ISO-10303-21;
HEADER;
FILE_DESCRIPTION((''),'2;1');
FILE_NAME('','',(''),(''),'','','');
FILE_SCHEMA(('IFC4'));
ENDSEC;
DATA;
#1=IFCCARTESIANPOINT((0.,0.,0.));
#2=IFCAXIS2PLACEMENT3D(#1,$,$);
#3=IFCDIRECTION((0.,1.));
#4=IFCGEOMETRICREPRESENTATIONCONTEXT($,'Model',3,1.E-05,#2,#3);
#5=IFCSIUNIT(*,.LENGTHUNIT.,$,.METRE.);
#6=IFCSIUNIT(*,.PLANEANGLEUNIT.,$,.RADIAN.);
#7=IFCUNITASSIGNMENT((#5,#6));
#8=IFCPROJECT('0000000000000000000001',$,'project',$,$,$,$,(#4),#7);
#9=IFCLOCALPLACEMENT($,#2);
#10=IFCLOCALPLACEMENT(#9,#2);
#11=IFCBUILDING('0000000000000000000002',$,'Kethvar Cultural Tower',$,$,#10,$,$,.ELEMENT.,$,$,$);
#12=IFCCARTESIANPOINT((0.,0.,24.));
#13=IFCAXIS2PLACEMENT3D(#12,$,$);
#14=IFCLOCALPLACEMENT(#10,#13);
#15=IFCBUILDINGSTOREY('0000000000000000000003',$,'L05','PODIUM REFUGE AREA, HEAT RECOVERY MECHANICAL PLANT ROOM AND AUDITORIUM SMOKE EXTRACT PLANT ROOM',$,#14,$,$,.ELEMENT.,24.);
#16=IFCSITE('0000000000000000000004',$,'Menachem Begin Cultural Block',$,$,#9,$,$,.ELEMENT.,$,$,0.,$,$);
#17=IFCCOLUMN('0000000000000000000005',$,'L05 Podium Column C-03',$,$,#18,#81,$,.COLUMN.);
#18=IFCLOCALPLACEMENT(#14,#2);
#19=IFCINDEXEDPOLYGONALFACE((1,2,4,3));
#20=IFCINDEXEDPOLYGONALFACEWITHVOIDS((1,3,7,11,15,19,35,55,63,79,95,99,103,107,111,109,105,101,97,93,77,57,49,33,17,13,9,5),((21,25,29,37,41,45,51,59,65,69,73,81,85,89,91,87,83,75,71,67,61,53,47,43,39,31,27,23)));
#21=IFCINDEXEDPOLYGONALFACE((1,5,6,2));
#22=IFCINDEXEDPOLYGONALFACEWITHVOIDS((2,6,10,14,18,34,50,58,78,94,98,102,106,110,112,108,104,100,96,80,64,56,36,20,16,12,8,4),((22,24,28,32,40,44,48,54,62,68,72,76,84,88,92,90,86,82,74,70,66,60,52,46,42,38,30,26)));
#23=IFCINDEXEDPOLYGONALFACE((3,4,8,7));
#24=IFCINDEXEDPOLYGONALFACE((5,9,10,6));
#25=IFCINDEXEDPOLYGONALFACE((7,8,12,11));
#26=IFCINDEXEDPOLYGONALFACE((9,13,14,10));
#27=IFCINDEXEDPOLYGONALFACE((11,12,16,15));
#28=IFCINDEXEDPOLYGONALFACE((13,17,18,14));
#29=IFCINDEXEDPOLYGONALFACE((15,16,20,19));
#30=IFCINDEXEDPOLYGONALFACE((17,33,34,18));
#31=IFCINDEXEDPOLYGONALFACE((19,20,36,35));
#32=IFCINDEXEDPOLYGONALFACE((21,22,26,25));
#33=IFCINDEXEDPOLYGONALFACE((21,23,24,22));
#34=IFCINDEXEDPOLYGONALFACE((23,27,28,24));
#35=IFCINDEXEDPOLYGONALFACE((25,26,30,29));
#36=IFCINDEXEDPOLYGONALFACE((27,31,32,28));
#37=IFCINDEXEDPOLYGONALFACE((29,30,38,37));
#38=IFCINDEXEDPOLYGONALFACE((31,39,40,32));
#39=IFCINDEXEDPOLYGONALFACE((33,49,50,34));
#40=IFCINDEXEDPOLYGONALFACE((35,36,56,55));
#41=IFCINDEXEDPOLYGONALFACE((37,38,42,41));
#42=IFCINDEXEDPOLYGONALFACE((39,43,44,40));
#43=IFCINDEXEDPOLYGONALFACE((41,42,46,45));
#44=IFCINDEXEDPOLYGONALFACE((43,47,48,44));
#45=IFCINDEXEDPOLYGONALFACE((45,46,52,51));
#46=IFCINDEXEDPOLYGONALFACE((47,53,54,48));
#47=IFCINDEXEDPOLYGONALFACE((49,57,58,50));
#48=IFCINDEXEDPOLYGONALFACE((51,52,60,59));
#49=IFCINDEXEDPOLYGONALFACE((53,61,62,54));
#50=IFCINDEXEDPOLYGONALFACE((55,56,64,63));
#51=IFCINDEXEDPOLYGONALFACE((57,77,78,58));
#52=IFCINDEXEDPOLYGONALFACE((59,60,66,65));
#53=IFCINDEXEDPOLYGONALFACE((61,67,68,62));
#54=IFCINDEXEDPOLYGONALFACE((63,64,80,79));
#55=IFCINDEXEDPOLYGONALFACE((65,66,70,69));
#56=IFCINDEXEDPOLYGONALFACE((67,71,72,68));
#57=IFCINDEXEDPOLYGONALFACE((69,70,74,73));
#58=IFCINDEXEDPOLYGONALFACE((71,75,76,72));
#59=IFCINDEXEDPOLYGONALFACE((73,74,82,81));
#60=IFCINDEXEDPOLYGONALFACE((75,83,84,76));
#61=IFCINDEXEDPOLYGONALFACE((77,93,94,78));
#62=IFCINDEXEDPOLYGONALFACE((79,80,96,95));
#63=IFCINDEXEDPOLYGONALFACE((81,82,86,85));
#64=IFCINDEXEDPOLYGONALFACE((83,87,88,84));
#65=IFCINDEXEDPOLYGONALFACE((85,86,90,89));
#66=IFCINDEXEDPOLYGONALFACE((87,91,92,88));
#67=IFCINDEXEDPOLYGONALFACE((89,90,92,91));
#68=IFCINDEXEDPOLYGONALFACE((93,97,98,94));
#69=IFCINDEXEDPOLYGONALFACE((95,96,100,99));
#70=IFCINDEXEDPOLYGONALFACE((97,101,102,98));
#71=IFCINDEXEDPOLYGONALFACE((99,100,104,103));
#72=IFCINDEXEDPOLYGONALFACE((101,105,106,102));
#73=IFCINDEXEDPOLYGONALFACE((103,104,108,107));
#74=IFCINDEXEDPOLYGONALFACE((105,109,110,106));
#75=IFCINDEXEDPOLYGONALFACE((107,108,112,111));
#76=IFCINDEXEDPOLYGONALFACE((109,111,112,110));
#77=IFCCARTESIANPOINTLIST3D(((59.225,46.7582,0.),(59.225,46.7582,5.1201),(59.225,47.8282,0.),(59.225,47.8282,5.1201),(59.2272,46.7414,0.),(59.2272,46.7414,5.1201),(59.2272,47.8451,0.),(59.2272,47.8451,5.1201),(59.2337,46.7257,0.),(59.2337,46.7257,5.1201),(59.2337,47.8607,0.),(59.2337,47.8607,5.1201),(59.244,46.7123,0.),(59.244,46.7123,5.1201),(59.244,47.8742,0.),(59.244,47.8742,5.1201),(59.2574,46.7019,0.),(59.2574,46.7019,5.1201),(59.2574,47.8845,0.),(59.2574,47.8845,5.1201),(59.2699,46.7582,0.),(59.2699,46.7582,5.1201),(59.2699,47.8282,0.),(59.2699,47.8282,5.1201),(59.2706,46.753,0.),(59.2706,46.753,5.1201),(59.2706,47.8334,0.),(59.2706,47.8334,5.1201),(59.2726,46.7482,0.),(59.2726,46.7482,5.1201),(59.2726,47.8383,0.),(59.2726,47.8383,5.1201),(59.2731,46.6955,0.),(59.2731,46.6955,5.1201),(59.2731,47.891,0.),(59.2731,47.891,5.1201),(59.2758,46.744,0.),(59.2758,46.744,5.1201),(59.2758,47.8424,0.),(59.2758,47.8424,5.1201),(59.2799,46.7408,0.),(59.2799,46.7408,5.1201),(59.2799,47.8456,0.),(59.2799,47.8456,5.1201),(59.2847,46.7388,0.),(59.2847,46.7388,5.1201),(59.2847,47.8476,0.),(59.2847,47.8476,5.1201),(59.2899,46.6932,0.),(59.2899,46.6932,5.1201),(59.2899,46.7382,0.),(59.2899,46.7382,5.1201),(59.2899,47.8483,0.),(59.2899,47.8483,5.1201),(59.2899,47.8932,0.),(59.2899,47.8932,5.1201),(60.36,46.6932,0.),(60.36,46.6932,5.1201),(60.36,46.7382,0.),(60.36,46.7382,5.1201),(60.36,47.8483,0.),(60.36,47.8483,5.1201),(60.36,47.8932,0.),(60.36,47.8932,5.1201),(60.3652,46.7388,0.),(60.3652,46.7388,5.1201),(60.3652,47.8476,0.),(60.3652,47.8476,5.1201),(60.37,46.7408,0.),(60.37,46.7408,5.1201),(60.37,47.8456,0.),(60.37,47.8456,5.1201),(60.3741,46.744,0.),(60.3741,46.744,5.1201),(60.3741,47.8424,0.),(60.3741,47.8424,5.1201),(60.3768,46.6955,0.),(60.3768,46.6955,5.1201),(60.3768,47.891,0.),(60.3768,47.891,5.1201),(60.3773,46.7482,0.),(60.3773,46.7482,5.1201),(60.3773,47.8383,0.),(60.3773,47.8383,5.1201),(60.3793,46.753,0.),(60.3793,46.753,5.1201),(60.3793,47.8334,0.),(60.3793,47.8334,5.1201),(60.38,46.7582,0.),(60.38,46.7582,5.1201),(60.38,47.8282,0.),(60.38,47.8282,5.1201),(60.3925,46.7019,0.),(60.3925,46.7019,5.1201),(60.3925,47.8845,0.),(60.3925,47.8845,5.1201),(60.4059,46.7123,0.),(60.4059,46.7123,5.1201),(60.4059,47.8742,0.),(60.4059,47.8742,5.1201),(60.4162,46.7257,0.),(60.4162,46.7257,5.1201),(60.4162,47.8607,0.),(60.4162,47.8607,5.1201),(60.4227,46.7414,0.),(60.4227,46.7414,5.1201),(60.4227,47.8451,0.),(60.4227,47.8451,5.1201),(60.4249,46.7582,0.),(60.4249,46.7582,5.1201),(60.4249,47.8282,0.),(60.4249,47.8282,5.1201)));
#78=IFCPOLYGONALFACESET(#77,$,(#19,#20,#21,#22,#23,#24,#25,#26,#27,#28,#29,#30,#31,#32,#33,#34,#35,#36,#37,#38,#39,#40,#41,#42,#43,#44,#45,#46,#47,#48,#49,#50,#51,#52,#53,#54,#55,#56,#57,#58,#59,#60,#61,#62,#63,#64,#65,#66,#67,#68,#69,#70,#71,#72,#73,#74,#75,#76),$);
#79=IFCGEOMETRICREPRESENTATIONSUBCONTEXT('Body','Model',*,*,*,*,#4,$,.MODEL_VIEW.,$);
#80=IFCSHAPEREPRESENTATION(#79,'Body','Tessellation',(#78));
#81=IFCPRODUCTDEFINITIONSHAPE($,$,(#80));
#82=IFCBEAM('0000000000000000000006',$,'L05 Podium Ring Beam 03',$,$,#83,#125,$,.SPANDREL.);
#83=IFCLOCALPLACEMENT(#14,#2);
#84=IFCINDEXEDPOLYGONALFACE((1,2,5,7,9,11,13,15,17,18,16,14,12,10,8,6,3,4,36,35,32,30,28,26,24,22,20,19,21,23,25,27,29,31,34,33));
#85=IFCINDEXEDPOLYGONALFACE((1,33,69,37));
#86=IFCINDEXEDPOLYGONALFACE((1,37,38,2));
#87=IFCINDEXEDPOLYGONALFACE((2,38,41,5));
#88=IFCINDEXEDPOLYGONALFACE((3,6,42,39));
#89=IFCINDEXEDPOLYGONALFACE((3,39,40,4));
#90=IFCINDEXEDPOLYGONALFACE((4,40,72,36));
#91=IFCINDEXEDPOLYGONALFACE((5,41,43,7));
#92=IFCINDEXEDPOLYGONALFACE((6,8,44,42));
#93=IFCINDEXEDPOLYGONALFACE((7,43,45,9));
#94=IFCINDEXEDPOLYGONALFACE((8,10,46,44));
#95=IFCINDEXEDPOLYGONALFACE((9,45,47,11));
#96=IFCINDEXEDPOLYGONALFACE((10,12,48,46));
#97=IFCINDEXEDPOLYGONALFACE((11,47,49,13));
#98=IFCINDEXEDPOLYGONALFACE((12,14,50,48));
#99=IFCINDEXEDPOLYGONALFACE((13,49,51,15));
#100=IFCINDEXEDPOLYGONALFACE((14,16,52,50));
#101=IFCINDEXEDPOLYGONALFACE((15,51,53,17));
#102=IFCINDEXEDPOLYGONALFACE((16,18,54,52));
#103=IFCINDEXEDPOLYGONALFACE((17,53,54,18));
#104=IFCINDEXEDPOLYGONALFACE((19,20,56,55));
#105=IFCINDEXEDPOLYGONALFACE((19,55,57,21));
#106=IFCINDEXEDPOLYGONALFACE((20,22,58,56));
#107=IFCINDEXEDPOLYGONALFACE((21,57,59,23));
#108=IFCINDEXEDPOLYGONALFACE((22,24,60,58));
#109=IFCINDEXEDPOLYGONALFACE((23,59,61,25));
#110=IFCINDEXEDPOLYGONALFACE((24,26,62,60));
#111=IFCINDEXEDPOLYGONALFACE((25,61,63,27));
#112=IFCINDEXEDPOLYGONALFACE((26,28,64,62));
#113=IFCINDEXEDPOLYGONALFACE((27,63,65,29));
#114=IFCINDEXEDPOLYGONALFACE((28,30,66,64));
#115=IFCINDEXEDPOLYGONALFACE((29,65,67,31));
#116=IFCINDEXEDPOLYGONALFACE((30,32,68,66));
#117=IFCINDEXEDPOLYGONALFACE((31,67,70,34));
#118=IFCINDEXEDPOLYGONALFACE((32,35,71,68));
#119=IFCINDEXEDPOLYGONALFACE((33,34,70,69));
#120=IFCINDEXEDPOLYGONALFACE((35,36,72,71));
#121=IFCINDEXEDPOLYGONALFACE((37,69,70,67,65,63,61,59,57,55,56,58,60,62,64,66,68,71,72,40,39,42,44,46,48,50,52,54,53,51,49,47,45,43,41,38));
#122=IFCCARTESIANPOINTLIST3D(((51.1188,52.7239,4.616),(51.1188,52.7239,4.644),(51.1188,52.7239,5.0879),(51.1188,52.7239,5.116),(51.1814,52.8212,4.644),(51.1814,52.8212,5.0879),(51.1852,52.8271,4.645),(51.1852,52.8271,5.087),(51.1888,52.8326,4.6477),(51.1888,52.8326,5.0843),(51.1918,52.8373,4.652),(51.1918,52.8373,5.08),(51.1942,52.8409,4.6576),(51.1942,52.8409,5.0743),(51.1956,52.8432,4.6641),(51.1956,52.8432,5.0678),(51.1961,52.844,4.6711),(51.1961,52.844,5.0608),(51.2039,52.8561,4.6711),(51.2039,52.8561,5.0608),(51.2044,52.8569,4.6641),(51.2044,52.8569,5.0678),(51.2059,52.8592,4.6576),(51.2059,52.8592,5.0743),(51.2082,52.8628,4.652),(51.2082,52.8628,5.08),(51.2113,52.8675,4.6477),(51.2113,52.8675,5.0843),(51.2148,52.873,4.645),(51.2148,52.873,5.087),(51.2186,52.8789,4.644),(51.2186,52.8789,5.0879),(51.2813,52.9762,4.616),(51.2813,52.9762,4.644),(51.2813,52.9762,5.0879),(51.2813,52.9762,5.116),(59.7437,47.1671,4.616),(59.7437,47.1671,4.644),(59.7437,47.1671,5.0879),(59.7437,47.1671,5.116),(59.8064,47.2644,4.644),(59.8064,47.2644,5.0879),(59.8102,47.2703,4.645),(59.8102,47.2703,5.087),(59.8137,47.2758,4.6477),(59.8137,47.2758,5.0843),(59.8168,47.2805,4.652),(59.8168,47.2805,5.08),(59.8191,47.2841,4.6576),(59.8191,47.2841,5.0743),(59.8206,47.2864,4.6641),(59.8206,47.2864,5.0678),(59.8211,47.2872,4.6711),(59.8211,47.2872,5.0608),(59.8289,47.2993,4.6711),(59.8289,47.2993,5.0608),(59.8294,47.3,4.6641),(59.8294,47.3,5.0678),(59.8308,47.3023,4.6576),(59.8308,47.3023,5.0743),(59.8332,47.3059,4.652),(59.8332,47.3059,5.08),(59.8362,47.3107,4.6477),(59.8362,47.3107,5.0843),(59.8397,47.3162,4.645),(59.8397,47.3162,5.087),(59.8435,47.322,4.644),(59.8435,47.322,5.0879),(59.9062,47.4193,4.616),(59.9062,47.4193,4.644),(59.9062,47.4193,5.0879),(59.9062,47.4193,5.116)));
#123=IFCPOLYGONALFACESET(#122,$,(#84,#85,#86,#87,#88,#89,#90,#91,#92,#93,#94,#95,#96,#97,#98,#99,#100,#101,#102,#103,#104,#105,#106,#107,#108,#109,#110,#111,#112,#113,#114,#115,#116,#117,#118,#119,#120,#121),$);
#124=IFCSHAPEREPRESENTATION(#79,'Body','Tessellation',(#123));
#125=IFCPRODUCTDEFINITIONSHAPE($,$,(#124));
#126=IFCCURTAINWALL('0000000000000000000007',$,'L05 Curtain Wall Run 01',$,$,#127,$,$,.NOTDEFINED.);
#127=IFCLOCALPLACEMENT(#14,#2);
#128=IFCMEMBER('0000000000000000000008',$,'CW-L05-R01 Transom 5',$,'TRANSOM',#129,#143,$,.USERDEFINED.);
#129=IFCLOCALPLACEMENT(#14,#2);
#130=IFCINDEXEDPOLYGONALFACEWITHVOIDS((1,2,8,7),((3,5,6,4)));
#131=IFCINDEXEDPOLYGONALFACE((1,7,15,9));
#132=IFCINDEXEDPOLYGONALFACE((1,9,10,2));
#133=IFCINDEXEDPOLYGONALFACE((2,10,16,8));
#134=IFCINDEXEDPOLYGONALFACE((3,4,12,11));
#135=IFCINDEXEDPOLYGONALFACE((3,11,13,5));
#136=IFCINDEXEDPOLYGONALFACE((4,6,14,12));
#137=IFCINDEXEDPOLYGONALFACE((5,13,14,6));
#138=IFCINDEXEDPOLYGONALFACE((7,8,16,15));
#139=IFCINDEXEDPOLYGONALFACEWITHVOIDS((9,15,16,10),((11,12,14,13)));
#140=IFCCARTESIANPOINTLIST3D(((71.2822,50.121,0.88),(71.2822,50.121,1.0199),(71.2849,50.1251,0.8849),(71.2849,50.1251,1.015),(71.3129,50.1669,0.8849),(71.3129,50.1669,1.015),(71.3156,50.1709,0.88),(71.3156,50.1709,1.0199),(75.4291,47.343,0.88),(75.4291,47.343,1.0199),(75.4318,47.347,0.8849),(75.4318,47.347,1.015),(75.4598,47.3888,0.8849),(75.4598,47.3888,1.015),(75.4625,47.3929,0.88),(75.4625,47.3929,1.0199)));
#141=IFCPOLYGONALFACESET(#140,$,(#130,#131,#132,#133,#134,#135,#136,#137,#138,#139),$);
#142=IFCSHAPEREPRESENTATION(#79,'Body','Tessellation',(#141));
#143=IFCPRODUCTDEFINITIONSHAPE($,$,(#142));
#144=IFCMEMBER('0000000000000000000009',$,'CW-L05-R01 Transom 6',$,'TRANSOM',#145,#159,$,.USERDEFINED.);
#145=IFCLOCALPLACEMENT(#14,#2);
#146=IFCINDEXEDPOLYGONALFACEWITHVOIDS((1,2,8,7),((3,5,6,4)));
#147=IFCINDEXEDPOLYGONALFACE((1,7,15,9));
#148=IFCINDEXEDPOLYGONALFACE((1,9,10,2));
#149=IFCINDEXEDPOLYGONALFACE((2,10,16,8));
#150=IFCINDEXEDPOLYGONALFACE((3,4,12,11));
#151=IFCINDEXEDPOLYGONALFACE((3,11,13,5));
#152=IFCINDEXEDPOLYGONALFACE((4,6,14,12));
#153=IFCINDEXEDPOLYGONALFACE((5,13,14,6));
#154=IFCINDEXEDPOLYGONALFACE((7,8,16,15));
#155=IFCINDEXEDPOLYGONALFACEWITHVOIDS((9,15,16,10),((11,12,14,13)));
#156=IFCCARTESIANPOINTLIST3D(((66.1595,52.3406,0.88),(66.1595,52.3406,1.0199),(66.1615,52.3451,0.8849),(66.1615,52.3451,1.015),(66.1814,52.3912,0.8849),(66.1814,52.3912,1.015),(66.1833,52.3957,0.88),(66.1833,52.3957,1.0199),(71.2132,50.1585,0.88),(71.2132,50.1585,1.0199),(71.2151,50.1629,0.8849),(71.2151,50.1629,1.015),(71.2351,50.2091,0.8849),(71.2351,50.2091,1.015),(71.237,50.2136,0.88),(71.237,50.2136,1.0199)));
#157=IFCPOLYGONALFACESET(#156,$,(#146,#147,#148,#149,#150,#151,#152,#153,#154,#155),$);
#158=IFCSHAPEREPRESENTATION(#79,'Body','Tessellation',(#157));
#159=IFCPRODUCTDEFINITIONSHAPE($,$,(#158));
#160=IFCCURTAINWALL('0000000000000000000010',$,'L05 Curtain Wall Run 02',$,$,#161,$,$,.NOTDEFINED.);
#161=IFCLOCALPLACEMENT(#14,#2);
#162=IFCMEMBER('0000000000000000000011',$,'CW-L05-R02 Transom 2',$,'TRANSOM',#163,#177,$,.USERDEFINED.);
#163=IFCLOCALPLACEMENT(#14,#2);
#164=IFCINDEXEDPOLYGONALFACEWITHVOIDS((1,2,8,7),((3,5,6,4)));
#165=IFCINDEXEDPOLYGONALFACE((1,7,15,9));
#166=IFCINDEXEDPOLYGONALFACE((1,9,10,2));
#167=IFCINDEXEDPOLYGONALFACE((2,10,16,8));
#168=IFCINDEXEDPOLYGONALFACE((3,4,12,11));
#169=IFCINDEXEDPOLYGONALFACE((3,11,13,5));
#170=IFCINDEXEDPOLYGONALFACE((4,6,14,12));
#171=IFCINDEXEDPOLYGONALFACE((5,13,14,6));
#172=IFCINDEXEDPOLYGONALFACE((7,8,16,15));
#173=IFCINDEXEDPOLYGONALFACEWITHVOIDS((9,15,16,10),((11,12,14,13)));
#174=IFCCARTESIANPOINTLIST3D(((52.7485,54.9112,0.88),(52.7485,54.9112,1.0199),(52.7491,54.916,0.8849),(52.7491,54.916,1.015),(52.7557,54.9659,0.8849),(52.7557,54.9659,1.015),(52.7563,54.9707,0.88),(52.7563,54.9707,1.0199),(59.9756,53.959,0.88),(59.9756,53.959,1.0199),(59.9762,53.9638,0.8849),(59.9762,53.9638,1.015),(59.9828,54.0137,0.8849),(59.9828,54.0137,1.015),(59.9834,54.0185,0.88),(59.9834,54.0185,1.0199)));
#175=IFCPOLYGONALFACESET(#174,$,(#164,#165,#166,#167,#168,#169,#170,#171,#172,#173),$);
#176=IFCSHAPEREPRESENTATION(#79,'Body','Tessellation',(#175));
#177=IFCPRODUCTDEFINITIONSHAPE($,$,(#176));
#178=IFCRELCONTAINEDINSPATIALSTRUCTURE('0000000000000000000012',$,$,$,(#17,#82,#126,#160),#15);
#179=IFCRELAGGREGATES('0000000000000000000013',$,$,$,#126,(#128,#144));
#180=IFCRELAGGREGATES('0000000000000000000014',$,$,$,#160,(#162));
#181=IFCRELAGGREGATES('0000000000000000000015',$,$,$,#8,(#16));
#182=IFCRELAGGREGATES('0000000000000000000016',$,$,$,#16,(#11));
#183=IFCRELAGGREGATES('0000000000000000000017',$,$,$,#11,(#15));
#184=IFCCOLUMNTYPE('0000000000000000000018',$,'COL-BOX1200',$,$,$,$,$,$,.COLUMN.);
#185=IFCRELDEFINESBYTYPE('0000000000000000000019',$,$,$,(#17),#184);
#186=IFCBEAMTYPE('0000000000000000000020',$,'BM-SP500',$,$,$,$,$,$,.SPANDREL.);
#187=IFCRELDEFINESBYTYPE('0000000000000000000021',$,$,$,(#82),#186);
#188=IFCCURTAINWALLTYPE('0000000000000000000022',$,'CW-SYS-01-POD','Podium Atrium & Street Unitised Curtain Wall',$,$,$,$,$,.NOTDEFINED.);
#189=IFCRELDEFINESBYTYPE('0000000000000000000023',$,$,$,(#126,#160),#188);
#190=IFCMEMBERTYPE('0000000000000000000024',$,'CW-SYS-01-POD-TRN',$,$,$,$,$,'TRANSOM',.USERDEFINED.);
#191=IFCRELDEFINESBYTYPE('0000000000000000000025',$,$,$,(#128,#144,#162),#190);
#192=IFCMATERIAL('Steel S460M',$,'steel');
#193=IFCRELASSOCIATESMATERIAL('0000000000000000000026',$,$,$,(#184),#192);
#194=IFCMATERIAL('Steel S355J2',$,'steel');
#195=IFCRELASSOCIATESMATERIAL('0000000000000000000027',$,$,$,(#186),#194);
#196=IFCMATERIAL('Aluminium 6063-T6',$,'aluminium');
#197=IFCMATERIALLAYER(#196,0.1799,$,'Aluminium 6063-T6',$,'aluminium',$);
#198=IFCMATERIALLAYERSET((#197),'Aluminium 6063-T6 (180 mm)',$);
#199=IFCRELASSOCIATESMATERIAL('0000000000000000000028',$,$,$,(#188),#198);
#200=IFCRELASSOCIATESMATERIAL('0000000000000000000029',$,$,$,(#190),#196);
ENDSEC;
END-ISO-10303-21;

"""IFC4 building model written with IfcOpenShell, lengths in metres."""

from ifc_helpers import new_model, si_unit, direction, frame, origin, origin_2d, place, context, subcontext, project, spatial, hollow_rectangle, i_section, extrude, source, transform, mapped, material, layer, layer_set, material_profile, profile_set, type_object, element, aggregate, save


model = new_model("IFC4")

# Units and contexts
model_context = context("Model", 3, precision=1e-05, world=origin(), true_north=direction((0.0, 1.0)))
body_context = subcontext(model_context, "Body", "Model", "MODEL_VIEW")
ifc_project = project(units=[si_unit("LENGTHUNIT", "METRE"), si_unit("PLANEANGLEUNIT", "RADIAN")], contexts=[model_context])

# Site, building, storey
site_placement = place(None, origin())
site = spatial("IfcSite", under=ifc_project, at=site_placement, Name="Menachem Begin Cultural Block", CompositionType="ELEMENT", RefElevation=0.0)
building_placement = place(site_placement, origin())
building = spatial("IfcBuilding", under=site, at=building_placement, Name="Kethvar Cultural Tower", CompositionType="ELEMENT")
storey_placement = place(building_placement, frame((0.0, 0.0, 24.0)))
storey = spatial("IfcBuildingStorey", under=building, at=storey_placement, Name="L05", Description="PODIUM REFUGE AREA, HEAT RECOVERY MECHANICAL PLANT ROOM AND AUDITORIUM SMOKE EXTRACT PLANT ROOM", CompositionType="ELEMENT", Elevation=24.0)

# Column
ifc_material_1 = material(Name="Steel S460M", Category="steel")
ifc_material_profile_1 = material_profile(ifc_material_1, hollow_rectangle(XDim=1.2, YDim=1.2, WallThickness=0.0449, InnerFilletRadius=0.02, OuterFilletRadius=0.0649, at=origin_2d()), Name="Steel S460M — BOX1200x1200x45")
ifc_profile_set_1 = profile_set([ifc_material_profile_1], Name="Steel S460M — BOX1200x1200x45")
column_type = type_object("IfcColumnType", Name="COL-BOX1200", PredefinedType="COLUMN", material=ifc_profile_set_1)
shared_shape_1 = source(origin(), body_context, "Body", "SweptSolid", [
    extrude(hollow_rectangle(XDim=1.2, YDim=1.2, WallThickness=0.0449, InnerFilletRadius=0.02, OuterFilletRadius=0.0649, at=origin_2d()), origin(), (0.0, 0.0, 1.0), 5.1201),
])
column_placement = place(storey_placement, frame((59.825, 47.2932, 0.0), z_axis=(0.0, 0.0, 1.0), x_axis=(1.0, 0.0, 0.0)))
element("IfcColumn", 1, at=column_placement, inside=storey, type_object=column_type, Name="L05 Podium Column C-03", PredefinedType="COLUMN", context=body_context, shape_type="MappedRepresentation", body=[
    mapped(shared_shape_1, transform((0.0, 0.0, 0.0), scale=1.0)),
])

# Beam
ifc_material_2 = material(Name="Steel S355J2", Category="steel")
ifc_material_profile_2 = material_profile(ifc_material_2, i_section(OverallWidth=0.3, OverallDepth=0.5, WebThickness=0.0144, FlangeThickness=0.0281, FilletRadius=0.0271, at=origin_2d()), Name="Steel S355J2 — HEB500")
ifc_profile_set_2 = profile_set([ifc_material_profile_2], Name="Steel S355J2 — HEB500")
beam_type = type_object("IfcBeamType", Name="BM-SP500", PredefinedType="SPANDREL", material=ifc_profile_set_2)
shared_shape_2 = source(origin(), body_context, "Body", "SweptSolid", [
    extrude(i_section(OverallWidth=0.3, OverallDepth=0.5, WebThickness=0.0144, FlangeThickness=0.0281, FilletRadius=0.0271, at=origin_2d()), origin(), (0.0, 0.0, 1.0), 10.26),
])
beam_placement = place(storey_placement, frame((59.825, 47.2932, 4.866), z_axis=(-0.840635, 0.541602, 0.0), x_axis=(-0.541602, -0.840635, 0.0)))
element("IfcBeam", 2, at=beam_placement, inside=storey, type_object=beam_type, Name="L05 Podium Ring Beam 03", PredefinedType="SPANDREL", context=body_context, shape_type="MappedRepresentation", body=[
    mapped(shared_shape_2, transform((0.0, 0.0, 0.0), scale=1.0)),
])

# Curtain walls, members
ifc_material_3 = material(Name="Aluminium 6063-T6", Category="aluminium")
ifc_layer_1 = layer(ifc_material_3, 0.1799, Name="Aluminium 6063-T6", Category="aluminium")
ifc_layer_set_1 = layer_set([ifc_layer_1], Name="Aluminium 6063-T6 (180 mm)")
curtain_wall_type = type_object("IfcCurtainWallType", Name="CW-SYS-01-POD", Description="Podium Atrium & Street Unitised Curtain Wall", PredefinedType="NOTDEFINED", material=ifc_layer_set_1)
curtain_wall_1_placement = place(storey_placement, origin())
curtain_wall_1 = element("IfcCurtainWall", 3, at=curtain_wall_1_placement, inside=storey, type_object=curtain_wall_type, Name="L05 Curtain Wall Run 01", PredefinedType="NOTDEFINED")
ifc_material_profile_3 = material_profile(ifc_material_3, hollow_rectangle(XDim=0.0601, YDim=0.1399, WallThickness=0.0049, at=origin_2d()), Name="Aluminium 6063-T6 — RHS140x60x5")
ifc_profile_set_3 = profile_set([ifc_material_profile_3], Name="Aluminium 6063-T6 — RHS140x60x5")
member_type_1 = type_object("IfcMemberType", Name="CW-SYS-01-POD-TRN", ElementType="TRANSOM", PredefinedType="USERDEFINED", material=ifc_profile_set_3)
shared_shape_3 = source(origin(), body_context, "Body", "SweptSolid", [
    extrude(hollow_rectangle(XDim=0.0601, YDim=0.1399, WallThickness=0.0049, at=origin_2d()), origin(), (0.0, 0.0, 1.0), 4.9915),
])
member_1_placement = place(storey_placement, frame((75.4458, 47.3679, 0.95), z_axis=(-0.830807, 0.556561, 0.0), x_axis=(-0.556561, -0.830807, 0.0)))
member_1 = element("IfcMember", 4, at=member_1_placement, type_object=member_type_1, Name="CW-L05-R01 Transom 5", ObjectType="TRANSOM", PredefinedType="USERDEFINED", context=body_context, shape_type="MappedRepresentation", body=[
    mapped(shared_shape_3, transform((0.0, 0.0, 0.0), scale=1.0)),
])
shared_shape_4 = source(origin(), body_context, "Body", "SweptSolid", [
    extrude(hollow_rectangle(XDim=0.0601, YDim=0.1399, WallThickness=0.0049, at=origin_2d()), origin(), (0.0, 0.0, 1.0), 5.5046),
])
member_2_placement = place(storey_placement, frame((71.2251, 50.186, 0.95), z_axis=(-0.918073, 0.396412, 0.0), x_axis=(-0.396412, -0.918073, 0.0)))
member_2 = element("IfcMember", 5, at=member_2_placement, type_object=member_type_1, Name="CW-L05-R01 Transom 6", ObjectType="TRANSOM", PredefinedType="USERDEFINED", context=body_context, shape_type="MappedRepresentation", body=[
    mapped(shared_shape_4, transform((0.0, 0.0, 0.0), scale=1.0)),
])
curtain_wall_2_placement = place(storey_placement, origin())
curtain_wall_2 = element("IfcCurtainWall", 6, at=curtain_wall_2_placement, inside=storey, type_object=curtain_wall_type, Name="L05 Curtain Wall Run 02", PredefinedType="NOTDEFINED")
shared_shape_5 = source(origin(), body_context, "Body", "SweptSolid", [
    extrude(hollow_rectangle(XDim=0.0601, YDim=0.1399, WallThickness=0.0049, at=origin_2d()), origin(), (0.0, 0.0, 1.0), 7.2896),
])
member_3_placement = place(storey_placement, frame((59.9795, 53.9888, 0.95), z_axis=(-0.991433, 0.130619, 0.0), x_axis=(-0.130619, -0.991433, 0.0)))
member_3 = element("IfcMember", 7, at=member_3_placement, type_object=member_type_1, Name="CW-L05-R02 Transom 2", ObjectType="TRANSOM", PredefinedType="USERDEFINED", context=body_context, shape_type="MappedRepresentation", body=[
    mapped(shared_shape_5, transform((0.0, 0.0, 0.0), scale=1.0)),
])

aggregate(curtain_wall_1, [member_1, member_2])
aggregate(curtain_wall_2, [member_3])

save(model, "model.ifc")
